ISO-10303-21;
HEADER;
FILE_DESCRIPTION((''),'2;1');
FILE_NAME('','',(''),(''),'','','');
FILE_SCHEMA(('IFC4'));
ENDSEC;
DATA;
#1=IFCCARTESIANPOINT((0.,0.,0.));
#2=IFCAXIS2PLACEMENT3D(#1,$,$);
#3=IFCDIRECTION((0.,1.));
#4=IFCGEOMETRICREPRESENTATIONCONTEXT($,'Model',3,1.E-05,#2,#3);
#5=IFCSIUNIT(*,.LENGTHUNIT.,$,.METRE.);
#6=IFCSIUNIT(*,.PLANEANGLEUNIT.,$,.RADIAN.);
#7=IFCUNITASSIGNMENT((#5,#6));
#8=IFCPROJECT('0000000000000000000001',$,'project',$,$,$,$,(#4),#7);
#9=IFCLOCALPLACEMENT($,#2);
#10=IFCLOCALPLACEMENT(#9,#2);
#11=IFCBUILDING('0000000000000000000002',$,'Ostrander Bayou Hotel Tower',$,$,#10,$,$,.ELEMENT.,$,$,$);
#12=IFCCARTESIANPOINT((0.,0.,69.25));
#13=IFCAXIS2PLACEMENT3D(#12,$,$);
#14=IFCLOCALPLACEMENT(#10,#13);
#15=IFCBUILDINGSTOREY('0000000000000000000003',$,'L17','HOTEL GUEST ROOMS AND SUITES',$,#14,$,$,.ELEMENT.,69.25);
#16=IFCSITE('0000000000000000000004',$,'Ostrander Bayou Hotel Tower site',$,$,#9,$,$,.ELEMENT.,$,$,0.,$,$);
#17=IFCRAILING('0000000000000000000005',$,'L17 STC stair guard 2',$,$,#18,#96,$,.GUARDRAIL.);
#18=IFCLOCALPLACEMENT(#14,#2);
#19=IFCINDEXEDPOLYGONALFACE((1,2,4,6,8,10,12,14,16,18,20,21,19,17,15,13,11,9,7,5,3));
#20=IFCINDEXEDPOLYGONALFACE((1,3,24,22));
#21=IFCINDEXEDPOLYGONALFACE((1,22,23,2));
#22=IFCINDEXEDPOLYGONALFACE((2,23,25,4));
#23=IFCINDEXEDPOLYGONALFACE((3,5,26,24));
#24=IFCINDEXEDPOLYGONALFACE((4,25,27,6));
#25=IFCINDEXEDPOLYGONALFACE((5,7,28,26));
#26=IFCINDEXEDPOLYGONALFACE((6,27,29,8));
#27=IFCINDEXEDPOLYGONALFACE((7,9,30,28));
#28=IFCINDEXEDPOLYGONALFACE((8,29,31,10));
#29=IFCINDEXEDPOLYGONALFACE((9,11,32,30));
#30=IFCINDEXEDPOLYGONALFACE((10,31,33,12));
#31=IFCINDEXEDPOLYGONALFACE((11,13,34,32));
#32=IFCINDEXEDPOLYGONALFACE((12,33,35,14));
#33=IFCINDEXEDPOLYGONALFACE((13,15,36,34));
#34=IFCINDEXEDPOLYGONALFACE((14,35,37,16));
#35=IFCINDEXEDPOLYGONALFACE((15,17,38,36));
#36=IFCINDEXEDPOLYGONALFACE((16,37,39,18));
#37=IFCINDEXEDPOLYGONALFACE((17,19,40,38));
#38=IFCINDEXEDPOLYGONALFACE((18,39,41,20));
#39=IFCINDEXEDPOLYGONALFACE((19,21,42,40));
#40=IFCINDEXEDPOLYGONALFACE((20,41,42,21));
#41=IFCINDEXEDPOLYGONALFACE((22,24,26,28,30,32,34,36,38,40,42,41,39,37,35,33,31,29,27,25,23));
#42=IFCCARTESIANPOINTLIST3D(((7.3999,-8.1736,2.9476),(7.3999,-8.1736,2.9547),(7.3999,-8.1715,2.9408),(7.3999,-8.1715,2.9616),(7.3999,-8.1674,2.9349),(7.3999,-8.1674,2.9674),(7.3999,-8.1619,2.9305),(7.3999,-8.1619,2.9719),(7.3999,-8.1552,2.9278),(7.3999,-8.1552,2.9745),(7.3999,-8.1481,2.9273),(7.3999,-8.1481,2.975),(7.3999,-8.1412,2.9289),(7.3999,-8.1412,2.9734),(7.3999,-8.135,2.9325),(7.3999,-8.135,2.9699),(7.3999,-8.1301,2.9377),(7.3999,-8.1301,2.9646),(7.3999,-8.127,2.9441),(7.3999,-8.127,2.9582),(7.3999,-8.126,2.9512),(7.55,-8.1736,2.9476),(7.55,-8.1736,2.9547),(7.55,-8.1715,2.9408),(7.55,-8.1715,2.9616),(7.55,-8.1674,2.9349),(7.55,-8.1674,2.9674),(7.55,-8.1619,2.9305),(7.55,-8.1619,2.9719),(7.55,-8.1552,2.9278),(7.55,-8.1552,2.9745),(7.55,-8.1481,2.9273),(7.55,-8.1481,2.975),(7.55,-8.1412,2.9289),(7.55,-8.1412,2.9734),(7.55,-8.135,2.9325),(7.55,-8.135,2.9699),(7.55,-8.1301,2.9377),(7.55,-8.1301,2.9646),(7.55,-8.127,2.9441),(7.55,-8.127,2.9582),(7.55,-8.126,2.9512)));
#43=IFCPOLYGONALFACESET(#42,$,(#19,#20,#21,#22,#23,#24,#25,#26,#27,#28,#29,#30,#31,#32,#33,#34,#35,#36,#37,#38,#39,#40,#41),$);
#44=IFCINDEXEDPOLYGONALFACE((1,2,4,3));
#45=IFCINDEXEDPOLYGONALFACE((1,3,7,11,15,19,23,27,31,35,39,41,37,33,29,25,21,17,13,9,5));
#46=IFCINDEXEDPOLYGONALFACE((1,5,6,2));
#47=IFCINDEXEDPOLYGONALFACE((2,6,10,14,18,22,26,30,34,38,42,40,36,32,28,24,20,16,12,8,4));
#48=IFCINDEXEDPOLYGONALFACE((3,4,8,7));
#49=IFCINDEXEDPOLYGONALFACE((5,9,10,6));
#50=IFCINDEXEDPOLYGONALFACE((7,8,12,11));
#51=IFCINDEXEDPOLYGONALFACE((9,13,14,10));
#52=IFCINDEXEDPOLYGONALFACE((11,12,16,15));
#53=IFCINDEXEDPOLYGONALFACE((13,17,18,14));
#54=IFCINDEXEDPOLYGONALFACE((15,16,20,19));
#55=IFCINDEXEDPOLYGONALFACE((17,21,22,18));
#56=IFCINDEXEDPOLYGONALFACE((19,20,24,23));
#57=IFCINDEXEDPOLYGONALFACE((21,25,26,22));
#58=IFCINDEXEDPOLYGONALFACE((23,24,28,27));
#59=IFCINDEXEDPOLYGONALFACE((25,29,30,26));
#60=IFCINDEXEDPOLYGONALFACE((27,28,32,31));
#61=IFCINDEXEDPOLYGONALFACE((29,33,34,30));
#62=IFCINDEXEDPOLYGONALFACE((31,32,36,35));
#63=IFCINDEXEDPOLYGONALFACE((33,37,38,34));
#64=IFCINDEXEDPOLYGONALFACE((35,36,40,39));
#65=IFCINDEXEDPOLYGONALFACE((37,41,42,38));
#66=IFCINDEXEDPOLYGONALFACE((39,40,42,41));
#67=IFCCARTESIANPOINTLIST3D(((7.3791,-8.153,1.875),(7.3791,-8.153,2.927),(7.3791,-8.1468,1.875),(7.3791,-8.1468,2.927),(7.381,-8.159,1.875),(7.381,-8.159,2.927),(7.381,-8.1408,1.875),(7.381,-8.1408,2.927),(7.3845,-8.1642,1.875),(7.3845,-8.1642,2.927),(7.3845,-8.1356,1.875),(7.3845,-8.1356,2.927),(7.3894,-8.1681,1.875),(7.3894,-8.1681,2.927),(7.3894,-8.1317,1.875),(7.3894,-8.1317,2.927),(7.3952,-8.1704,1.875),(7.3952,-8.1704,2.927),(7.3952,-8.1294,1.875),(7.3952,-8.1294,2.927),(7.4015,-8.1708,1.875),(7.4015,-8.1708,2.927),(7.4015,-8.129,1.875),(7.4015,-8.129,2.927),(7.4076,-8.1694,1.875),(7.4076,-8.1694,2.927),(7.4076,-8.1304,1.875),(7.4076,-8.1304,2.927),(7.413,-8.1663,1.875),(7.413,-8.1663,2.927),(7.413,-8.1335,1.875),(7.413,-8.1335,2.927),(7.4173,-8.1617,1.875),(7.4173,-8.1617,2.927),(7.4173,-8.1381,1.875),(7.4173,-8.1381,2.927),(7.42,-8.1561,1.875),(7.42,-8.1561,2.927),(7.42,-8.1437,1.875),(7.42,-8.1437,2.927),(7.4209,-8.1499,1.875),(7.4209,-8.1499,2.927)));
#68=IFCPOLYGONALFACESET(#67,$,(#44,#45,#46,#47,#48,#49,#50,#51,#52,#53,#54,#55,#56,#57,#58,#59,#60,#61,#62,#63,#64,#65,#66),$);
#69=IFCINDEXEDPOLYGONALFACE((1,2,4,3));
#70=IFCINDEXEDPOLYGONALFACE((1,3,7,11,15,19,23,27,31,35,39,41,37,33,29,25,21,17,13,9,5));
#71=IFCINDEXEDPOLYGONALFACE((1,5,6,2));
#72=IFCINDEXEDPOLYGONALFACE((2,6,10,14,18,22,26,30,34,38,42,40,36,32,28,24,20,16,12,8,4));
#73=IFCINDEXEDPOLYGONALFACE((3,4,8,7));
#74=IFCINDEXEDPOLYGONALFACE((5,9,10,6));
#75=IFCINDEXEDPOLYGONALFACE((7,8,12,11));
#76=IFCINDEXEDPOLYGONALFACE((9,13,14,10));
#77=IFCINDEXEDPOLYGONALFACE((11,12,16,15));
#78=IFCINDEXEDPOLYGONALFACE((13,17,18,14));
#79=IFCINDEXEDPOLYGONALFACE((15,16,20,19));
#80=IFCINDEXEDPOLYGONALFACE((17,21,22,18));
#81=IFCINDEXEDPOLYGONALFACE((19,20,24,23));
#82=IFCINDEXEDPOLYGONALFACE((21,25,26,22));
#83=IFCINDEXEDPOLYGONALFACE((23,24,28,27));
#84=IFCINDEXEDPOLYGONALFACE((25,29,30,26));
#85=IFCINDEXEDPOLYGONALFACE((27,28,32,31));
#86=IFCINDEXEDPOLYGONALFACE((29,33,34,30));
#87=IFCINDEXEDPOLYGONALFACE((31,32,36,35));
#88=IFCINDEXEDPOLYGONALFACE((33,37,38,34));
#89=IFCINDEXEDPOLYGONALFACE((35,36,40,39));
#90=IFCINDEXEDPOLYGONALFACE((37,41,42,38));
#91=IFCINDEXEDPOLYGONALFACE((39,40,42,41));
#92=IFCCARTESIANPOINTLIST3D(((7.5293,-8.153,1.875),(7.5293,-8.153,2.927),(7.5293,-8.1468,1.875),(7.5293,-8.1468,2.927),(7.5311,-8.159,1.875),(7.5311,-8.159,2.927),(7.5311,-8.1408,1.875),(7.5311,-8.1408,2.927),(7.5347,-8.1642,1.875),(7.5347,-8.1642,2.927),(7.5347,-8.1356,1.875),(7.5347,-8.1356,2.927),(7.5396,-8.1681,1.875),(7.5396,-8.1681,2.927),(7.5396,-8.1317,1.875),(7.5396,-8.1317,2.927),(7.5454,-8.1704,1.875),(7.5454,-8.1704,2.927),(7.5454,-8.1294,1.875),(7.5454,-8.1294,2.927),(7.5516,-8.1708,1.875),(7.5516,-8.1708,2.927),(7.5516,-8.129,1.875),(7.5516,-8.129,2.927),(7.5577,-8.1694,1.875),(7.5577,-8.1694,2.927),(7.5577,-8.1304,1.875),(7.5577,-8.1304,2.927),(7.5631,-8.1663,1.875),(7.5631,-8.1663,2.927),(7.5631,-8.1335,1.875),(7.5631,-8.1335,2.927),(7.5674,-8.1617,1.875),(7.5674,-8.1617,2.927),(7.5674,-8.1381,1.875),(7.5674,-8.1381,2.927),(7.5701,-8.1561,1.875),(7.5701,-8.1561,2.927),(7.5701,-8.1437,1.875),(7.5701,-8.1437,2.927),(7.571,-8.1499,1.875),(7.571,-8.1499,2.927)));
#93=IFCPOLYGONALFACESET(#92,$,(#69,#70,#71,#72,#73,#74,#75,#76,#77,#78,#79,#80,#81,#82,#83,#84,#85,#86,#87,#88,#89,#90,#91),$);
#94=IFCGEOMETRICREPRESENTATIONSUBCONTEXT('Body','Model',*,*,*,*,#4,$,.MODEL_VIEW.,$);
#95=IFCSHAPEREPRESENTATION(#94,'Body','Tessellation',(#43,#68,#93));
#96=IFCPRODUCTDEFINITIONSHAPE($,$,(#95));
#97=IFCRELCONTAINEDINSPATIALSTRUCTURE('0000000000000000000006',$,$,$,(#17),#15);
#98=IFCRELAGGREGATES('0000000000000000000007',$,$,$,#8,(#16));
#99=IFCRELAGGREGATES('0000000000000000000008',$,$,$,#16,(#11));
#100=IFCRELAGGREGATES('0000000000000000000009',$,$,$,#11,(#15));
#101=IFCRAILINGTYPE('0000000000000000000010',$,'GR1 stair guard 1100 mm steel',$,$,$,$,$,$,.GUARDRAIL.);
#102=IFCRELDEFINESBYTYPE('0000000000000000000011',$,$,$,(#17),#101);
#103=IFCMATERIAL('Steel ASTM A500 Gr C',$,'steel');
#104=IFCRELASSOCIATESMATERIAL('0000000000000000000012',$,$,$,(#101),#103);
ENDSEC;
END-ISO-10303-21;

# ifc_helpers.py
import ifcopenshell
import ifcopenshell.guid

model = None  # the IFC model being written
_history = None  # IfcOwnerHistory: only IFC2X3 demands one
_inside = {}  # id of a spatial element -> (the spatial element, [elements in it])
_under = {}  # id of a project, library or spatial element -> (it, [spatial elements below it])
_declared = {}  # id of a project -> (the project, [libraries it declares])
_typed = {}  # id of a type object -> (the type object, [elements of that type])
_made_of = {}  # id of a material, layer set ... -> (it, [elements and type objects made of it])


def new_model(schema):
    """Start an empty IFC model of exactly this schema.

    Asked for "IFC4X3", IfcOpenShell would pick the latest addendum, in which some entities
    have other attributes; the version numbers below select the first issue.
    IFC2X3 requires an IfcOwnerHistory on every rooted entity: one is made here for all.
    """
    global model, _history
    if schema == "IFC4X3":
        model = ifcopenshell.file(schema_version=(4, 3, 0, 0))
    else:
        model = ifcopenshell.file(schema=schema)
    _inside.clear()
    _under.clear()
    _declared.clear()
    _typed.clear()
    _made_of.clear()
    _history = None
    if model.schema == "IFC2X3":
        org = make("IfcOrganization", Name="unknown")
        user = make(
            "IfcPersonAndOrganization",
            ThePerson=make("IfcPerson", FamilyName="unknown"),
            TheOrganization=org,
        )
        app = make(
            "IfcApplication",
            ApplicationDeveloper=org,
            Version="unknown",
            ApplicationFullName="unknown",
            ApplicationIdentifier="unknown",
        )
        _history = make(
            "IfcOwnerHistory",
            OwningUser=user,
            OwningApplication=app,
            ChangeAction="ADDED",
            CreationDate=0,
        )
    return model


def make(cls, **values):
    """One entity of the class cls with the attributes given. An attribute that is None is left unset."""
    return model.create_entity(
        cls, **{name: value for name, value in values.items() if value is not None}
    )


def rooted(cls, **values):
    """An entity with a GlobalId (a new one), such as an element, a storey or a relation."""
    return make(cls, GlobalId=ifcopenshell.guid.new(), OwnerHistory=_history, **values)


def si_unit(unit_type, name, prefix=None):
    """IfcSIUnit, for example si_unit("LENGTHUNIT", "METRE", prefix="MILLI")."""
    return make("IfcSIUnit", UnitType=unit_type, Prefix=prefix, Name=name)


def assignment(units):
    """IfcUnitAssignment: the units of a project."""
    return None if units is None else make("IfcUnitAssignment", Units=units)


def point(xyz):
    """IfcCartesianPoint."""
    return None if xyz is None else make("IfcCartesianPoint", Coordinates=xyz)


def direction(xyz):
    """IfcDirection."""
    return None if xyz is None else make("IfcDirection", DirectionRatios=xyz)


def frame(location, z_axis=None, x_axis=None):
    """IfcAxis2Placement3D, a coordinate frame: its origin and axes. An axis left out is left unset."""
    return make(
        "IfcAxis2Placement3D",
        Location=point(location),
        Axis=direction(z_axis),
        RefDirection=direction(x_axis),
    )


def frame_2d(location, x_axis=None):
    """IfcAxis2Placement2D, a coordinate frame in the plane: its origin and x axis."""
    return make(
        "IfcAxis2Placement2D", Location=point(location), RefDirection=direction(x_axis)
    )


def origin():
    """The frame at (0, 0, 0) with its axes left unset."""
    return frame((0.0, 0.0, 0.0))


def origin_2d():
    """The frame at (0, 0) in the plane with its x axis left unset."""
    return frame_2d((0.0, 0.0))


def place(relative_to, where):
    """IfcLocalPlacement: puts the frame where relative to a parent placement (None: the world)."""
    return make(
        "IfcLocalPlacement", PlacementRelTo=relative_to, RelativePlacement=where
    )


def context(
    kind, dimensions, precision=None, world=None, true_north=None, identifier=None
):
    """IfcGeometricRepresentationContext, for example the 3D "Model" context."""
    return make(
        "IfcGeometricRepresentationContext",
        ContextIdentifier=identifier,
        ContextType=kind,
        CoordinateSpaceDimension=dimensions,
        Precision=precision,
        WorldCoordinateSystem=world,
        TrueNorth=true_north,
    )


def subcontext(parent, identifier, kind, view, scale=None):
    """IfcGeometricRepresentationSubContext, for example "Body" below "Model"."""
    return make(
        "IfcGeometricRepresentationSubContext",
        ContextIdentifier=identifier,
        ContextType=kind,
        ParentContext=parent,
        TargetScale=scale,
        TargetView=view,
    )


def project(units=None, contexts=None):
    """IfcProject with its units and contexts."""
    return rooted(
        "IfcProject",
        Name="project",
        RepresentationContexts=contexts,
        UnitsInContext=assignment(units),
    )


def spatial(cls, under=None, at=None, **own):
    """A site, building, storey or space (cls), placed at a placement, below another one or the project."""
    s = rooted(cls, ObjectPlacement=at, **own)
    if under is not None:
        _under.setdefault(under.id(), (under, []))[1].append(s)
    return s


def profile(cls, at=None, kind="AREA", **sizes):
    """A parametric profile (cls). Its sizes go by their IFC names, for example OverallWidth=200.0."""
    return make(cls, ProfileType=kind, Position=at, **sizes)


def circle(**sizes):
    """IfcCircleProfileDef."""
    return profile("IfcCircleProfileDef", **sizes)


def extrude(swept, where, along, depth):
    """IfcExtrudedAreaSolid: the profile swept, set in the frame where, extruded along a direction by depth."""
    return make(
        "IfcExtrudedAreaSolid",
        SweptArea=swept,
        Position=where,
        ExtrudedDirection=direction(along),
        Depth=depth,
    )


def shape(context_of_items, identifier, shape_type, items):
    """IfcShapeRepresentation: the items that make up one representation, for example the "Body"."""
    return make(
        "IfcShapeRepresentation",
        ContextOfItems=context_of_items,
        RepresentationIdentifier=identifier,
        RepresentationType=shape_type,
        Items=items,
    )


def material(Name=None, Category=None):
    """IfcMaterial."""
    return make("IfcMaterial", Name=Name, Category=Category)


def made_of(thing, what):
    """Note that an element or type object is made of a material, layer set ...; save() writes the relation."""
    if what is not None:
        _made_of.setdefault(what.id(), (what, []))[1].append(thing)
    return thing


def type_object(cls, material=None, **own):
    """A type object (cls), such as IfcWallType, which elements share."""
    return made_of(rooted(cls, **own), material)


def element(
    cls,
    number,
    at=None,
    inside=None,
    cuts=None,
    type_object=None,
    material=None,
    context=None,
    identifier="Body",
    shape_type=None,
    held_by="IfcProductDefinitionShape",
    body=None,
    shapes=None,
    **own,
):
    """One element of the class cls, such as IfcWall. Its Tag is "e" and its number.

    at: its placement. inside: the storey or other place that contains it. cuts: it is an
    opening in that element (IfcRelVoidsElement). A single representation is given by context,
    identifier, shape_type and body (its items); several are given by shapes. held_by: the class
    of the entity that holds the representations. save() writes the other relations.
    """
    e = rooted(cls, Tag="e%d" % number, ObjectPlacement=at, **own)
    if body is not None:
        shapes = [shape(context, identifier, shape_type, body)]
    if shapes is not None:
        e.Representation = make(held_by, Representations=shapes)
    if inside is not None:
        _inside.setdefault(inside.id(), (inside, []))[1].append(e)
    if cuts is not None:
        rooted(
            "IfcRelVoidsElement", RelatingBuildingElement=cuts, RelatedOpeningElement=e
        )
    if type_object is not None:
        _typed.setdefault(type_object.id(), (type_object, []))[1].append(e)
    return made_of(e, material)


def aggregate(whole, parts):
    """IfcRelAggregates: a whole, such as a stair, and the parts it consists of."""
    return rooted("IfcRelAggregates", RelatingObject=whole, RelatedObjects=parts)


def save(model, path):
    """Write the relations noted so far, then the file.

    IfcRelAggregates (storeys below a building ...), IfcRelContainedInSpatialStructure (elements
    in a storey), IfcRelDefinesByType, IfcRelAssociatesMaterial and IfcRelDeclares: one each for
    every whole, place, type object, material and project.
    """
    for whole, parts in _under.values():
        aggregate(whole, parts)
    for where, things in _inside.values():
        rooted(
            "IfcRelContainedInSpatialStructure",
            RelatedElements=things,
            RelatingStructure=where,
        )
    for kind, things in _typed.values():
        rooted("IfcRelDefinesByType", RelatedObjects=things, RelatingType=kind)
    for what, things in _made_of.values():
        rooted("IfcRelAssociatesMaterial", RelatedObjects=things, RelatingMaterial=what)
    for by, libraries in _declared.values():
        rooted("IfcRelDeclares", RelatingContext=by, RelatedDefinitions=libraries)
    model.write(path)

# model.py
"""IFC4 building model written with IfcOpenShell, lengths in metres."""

from ifc_helpers import new_model, si_unit, direction, frame, origin, origin_2d, place, context, subcontext, project, spatial, circle, extrude, material, type_object, element, save


model = new_model("IFC4")

# Units and contexts
model_context = context("Model", 3, precision=1e-05, world=origin(), true_north=direction((0.0, 1.0)))
body_context = subcontext(model_context, "Body", "Model", "MODEL_VIEW")
ifc_project = project(units=[si_unit("LENGTHUNIT", "METRE"), si_unit("PLANEANGLEUNIT", "RADIAN")], contexts=[model_context])

# Site, building, storey
site_placement = place(None, origin())
site = spatial("IfcSite", under=ifc_project, at=site_placement, Name="Ostrander Bayou Hotel Tower site", CompositionType="ELEMENT", RefElevation=0.0)
building_placement = place(site_placement, origin())
building = spatial("IfcBuilding", under=site, at=building_placement, Name="Ostrander Bayou Hotel Tower", CompositionType="ELEMENT")
storey_placement = place(building_placement, frame((0.0, 0.0, 69.25)))
storey = spatial("IfcBuildingStorey", under=building, at=storey_placement, Name="L17", Description="HOTEL GUEST ROOMS AND SUITES", CompositionType="ELEMENT", Elevation=69.25)

# Railing
ifc_material_1 = material(Name="Steel ASTM A500 Gr C", Category="steel")
railing_type_1 = type_object("IfcRailingType", Name="GR1 stair guard 1100 mm steel", PredefinedType="GUARDRAIL", material=ifc_material_1)
railing_1_placement = place(storey_placement, frame((7.3999, -8.1499, 1.875)))
element("IfcRailing", 1, at=railing_1_placement, inside=storey, type_object=railing_type_1, Name="L17 STC stair guard 2", PredefinedType="GUARDRAIL", context=body_context, shape_type="SweptSolid", body=[
    extrude(circle(Radius=0.0239, at=origin_2d()), frame((0.0, 0.0, 1.0762), z_axis=(1.0, 0.0, 0.0), x_axis=(0.0, 1.0, 0.0)), (0.0, 0.0, 1.0), 0.1501),
    extrude(circle(Radius=0.021, at=origin_2d()), origin(), (0.0, 0.0, 1.0), 1.052),
    extrude(circle(Radius=0.021, at=origin_2d()), frame((0.1501, 0.0, 0.0)), (0.0, 0.0, 1.0), 1.052),
])

save(model, "model.ifc")
